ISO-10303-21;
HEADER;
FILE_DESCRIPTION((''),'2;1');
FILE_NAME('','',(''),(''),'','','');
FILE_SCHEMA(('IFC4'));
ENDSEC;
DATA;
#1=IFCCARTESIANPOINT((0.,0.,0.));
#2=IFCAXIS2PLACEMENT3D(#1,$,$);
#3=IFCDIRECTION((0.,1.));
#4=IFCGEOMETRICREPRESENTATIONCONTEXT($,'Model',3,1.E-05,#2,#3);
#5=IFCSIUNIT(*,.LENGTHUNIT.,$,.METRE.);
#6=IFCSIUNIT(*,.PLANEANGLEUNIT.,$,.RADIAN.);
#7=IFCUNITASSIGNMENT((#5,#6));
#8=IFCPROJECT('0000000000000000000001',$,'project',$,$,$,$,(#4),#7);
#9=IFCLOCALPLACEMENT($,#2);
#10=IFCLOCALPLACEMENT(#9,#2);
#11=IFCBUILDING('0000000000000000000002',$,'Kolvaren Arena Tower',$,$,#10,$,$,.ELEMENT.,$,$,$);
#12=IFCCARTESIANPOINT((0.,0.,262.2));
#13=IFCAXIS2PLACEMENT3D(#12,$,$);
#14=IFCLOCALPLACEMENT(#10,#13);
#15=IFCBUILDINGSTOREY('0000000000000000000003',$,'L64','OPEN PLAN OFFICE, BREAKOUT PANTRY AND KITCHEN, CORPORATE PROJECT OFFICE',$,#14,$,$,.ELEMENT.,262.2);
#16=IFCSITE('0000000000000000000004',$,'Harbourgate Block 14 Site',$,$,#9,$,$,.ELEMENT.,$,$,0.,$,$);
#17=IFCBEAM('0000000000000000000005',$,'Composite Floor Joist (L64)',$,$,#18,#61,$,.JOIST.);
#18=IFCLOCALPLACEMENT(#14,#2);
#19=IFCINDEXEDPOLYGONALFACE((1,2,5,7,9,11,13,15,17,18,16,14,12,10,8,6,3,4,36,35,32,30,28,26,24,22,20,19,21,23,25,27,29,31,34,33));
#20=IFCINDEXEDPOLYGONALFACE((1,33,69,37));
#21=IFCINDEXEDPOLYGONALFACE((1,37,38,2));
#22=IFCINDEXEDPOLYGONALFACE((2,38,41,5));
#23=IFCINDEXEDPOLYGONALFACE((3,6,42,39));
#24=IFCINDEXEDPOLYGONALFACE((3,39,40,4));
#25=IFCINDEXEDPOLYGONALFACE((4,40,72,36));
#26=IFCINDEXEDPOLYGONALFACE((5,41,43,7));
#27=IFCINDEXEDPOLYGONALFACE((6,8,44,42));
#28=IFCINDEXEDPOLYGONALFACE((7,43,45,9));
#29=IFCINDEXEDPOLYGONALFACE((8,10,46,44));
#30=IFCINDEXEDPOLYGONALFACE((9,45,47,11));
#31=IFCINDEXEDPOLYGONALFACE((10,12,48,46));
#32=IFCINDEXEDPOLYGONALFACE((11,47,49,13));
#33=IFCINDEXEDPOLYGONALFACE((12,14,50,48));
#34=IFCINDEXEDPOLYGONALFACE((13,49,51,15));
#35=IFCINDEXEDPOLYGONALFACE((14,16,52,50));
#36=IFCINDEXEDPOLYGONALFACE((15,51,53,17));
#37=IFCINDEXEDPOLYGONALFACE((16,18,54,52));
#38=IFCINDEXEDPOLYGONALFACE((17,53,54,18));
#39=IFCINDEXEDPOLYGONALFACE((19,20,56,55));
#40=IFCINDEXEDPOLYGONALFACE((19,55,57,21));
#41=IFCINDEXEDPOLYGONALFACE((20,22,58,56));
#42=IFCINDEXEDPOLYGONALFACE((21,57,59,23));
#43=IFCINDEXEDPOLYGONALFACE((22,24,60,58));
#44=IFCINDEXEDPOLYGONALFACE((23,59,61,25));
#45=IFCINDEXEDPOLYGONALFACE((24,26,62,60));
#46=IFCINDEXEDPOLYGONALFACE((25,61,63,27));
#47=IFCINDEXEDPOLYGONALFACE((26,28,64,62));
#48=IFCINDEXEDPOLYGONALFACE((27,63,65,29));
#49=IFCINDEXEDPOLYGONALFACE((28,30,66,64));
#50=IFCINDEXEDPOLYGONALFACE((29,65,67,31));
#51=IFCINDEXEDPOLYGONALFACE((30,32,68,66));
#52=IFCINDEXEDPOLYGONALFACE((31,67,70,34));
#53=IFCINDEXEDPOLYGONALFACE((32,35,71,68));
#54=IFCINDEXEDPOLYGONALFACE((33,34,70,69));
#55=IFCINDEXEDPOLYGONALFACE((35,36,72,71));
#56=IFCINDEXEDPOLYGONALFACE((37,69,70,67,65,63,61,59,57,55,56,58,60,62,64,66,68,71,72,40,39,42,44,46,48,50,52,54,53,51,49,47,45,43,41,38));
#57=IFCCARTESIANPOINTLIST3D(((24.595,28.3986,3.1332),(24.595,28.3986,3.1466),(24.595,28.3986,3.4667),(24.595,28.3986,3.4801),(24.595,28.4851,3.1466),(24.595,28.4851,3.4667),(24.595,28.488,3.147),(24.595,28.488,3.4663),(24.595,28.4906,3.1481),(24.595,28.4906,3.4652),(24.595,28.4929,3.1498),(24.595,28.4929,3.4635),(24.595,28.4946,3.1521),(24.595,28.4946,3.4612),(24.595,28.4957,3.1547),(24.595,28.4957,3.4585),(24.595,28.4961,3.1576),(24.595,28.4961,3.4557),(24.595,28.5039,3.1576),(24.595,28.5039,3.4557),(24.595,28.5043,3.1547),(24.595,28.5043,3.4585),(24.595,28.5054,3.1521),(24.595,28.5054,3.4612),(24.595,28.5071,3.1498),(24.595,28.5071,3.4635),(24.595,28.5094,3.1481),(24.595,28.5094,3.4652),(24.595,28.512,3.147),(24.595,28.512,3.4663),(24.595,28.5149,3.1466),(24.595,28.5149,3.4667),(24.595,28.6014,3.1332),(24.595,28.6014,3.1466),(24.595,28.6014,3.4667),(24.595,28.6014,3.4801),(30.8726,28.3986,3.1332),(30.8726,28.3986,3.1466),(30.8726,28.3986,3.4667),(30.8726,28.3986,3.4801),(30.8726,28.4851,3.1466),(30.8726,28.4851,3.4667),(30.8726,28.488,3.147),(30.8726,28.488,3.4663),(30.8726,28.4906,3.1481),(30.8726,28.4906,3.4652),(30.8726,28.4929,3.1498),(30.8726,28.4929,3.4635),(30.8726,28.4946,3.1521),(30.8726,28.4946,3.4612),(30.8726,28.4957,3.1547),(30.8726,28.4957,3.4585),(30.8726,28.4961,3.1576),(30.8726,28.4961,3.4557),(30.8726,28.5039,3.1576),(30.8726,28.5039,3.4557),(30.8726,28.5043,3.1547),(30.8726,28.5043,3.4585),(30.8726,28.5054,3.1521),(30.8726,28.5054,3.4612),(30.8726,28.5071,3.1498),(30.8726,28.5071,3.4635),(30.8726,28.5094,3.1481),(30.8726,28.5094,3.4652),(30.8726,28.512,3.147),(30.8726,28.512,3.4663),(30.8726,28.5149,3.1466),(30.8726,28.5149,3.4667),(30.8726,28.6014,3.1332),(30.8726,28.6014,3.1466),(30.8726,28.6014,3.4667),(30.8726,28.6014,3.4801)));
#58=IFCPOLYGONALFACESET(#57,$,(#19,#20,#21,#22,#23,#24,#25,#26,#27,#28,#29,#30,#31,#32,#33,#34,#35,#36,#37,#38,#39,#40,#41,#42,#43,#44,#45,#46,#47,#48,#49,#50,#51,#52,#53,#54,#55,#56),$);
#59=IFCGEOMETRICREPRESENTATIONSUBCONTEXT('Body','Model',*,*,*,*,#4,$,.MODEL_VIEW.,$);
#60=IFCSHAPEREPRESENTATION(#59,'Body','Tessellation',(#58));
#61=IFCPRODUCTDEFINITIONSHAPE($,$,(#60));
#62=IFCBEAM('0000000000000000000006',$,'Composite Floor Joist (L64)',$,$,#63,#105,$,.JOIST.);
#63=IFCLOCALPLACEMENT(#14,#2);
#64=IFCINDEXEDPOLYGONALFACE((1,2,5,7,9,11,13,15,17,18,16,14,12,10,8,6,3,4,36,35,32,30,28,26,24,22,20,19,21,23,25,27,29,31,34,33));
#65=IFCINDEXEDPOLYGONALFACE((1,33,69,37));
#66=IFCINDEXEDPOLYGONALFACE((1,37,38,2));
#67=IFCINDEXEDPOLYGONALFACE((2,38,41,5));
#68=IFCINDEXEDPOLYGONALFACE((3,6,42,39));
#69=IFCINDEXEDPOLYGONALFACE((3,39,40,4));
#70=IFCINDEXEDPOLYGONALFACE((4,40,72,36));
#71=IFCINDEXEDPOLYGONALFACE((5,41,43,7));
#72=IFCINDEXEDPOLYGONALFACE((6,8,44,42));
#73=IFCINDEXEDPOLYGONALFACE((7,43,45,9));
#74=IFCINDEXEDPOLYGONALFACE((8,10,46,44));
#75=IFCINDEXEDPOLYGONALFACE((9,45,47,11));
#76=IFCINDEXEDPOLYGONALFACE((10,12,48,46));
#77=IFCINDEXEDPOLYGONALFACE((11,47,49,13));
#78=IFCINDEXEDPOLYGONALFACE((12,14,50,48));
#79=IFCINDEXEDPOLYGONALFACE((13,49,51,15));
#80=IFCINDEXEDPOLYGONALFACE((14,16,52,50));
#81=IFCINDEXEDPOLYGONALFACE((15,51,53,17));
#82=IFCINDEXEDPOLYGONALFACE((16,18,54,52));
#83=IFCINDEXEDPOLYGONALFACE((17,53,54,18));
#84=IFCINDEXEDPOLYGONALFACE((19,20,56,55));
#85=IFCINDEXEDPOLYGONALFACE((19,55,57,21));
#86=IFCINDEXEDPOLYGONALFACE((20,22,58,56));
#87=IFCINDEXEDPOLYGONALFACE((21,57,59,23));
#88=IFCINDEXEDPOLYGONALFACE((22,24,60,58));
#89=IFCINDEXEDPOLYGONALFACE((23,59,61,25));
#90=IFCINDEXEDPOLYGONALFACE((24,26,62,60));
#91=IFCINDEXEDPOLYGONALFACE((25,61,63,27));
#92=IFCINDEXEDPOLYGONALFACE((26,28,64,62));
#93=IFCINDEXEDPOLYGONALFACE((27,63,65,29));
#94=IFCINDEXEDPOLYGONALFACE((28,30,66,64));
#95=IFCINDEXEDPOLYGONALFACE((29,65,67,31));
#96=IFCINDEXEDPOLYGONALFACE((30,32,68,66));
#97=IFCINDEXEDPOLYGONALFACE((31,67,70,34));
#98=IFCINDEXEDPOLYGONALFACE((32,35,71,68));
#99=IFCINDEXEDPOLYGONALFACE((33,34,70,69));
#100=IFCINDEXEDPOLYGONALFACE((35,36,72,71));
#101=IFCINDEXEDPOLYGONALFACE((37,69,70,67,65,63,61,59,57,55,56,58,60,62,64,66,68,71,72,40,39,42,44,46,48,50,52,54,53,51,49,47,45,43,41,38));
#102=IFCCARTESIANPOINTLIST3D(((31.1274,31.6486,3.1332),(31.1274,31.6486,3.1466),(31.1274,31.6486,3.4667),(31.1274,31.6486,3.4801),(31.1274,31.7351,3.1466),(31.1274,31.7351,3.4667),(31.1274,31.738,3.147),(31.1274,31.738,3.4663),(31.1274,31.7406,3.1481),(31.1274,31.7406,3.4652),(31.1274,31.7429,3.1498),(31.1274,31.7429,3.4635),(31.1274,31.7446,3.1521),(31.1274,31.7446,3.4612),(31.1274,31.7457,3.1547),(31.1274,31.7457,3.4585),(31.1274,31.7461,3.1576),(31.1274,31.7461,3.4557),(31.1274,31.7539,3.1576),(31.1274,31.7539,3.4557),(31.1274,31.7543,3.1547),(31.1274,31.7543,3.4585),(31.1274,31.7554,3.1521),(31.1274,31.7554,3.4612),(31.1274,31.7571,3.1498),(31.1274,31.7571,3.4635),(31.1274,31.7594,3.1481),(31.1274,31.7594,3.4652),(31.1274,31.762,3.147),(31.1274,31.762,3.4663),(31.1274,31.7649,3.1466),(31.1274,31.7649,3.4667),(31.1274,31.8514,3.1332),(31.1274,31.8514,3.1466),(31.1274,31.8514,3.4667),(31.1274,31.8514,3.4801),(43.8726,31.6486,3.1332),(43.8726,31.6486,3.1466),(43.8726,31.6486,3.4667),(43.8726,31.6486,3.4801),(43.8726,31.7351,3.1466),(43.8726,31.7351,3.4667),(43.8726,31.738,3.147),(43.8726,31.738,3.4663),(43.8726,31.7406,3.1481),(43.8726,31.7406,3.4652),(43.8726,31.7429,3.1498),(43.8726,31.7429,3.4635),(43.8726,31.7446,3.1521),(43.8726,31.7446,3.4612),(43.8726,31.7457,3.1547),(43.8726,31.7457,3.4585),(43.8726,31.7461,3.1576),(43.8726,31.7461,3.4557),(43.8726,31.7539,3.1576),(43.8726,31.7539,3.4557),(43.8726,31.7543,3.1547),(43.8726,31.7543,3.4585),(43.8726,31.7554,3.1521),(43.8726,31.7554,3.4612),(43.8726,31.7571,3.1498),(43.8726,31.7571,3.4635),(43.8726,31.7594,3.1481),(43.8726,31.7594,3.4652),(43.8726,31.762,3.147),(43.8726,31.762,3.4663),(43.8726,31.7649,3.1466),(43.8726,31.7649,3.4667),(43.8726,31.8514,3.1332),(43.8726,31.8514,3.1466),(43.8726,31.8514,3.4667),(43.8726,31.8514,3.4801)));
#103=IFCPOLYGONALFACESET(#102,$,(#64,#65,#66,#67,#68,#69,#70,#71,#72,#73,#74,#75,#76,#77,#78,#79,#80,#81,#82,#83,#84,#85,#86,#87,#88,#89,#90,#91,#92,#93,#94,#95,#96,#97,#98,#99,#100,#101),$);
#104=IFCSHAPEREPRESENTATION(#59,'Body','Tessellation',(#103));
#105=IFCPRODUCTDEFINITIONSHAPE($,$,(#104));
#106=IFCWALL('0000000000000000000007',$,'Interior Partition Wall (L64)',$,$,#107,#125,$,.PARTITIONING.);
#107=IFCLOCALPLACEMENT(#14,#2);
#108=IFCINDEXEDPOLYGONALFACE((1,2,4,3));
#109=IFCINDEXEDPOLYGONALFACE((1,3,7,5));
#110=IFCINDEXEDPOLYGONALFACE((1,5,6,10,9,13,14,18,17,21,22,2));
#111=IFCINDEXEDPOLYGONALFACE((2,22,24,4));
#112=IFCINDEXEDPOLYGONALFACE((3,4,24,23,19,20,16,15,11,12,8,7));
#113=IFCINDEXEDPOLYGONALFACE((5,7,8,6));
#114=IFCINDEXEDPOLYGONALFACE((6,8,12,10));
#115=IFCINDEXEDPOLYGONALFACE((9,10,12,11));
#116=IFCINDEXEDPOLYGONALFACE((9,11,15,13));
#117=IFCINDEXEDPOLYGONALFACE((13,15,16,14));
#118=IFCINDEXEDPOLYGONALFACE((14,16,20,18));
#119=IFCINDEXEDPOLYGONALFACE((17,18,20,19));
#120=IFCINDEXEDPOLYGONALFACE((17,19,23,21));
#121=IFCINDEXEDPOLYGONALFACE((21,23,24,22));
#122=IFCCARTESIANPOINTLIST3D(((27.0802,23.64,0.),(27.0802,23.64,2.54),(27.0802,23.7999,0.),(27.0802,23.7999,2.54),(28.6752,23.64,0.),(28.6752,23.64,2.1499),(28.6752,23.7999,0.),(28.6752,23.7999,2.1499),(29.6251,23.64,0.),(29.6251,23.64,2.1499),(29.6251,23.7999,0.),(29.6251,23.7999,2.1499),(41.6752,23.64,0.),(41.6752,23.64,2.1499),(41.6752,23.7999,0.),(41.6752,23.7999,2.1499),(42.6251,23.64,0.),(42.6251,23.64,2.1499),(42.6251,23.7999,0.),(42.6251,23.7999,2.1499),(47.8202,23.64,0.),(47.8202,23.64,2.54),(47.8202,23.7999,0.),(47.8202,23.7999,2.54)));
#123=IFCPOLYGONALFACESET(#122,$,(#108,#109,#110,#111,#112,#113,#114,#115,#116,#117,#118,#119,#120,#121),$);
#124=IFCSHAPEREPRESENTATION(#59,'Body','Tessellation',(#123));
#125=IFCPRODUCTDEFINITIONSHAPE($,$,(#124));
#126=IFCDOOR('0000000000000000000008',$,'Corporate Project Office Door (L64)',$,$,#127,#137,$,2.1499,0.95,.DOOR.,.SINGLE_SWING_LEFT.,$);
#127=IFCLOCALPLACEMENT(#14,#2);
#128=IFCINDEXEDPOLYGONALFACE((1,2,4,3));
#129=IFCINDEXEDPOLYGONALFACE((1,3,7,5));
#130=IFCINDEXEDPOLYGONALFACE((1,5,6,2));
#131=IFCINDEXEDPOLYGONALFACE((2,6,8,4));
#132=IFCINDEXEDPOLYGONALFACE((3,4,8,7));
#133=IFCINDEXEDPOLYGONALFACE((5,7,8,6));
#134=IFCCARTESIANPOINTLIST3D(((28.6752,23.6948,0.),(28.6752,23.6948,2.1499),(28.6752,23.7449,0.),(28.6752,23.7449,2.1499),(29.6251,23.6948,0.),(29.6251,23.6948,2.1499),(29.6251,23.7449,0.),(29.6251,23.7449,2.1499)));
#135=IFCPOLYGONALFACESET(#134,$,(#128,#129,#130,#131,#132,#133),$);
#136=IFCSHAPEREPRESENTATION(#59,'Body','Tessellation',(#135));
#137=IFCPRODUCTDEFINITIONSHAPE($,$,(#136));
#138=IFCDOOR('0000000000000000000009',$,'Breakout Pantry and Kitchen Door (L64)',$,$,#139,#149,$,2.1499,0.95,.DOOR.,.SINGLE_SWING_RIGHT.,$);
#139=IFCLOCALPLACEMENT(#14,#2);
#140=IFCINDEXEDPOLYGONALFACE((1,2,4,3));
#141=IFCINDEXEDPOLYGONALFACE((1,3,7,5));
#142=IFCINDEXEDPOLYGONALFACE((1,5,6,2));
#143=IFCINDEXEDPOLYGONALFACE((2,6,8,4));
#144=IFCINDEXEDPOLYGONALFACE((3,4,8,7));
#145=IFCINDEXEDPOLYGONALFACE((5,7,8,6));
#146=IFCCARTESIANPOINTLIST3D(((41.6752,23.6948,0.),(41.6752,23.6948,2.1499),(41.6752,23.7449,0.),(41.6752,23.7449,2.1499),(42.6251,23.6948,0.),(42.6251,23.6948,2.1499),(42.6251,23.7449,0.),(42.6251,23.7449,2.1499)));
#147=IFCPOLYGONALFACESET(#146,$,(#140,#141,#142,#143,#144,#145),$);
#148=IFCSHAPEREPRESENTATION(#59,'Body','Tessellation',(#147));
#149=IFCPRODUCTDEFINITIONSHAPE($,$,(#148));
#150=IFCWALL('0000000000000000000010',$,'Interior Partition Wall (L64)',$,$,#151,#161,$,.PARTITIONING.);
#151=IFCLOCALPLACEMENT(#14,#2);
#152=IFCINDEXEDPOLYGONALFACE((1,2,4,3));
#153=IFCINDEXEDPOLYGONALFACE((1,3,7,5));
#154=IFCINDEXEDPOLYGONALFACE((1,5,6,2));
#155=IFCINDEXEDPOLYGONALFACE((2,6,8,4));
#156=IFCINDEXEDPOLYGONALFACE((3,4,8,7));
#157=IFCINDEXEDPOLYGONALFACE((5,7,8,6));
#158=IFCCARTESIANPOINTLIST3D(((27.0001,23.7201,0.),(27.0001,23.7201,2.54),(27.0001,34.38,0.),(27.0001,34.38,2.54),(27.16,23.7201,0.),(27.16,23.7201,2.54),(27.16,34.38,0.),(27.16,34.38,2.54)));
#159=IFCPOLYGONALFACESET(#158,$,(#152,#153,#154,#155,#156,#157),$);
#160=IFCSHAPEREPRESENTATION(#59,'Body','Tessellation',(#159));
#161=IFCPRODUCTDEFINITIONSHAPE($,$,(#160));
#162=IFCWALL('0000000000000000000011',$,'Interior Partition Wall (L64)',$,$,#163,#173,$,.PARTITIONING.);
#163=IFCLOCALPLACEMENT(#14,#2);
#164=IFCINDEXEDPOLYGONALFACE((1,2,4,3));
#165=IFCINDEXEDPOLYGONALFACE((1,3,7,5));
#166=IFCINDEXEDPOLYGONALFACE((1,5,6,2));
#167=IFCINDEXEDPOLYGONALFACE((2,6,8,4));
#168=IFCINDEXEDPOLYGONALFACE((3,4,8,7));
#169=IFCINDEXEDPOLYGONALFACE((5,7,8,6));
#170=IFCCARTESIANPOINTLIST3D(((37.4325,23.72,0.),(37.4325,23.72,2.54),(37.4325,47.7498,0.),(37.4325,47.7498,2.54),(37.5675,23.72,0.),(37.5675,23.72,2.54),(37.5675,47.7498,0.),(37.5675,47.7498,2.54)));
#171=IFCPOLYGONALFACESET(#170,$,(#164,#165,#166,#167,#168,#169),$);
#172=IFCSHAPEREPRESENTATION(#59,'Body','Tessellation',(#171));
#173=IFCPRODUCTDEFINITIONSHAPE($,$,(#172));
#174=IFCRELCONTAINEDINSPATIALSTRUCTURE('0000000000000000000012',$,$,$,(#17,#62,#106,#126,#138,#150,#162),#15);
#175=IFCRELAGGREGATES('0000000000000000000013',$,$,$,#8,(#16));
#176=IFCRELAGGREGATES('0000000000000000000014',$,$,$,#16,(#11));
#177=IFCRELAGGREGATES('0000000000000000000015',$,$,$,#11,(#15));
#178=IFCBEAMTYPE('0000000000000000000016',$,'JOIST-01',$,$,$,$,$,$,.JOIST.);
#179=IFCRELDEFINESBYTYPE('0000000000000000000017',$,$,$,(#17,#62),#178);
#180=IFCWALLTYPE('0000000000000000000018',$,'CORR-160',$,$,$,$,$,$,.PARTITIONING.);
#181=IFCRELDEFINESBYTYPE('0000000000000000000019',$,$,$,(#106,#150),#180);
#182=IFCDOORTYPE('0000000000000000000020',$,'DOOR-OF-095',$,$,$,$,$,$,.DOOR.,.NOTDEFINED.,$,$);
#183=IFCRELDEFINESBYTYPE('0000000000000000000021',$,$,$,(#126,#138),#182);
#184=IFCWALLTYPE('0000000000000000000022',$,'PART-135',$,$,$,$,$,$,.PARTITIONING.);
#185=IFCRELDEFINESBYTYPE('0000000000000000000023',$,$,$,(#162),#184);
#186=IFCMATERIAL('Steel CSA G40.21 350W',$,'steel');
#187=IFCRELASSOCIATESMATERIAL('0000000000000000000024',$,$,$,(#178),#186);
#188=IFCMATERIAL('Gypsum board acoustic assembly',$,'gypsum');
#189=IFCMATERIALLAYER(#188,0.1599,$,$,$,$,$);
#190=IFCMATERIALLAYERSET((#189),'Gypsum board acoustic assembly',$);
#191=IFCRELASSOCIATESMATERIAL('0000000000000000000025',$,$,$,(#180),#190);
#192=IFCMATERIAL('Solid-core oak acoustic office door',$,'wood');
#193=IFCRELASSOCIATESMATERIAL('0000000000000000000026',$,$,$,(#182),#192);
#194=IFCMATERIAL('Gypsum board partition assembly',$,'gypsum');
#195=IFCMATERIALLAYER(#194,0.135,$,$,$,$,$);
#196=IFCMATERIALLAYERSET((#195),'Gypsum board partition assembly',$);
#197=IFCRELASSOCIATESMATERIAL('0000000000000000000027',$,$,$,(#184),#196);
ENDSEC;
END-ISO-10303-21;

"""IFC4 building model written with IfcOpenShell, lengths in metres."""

from ifc_helpers import new_model, si_unit, direction, frame, frame_2d, origin, origin_2d, place, context, subcontext, project, spatial, rectangle, i_section, extrude, material, layer, layer_set, material_profile, profile_set, type_object, element, fill, save


model = new_model("IFC4")

# Units and contexts
model_context = context("Model", 3, precision=1e-05, world=origin(), true_north=direction((0.0, 1.0)))
body_context = subcontext(model_context, "Body", "Model", "MODEL_VIEW")
ifc_project = project(units=[si_unit("LENGTHUNIT", "METRE"), si_unit("PLANEANGLEUNIT", "RADIAN")], contexts=[model_context])

# Site, building, storey
site_placement = place(None, origin())
site = spatial("IfcSite", under=ifc_project, at=site_placement, Name="Harbourgate Block 14 Site", CompositionType="ELEMENT", RefElevation=0.0)
building_placement = place(site_placement, origin())
building = spatial("IfcBuilding", under=site, at=building_placement, Name="Kolvaren Arena Tower", CompositionType="ELEMENT")
storey_placement = place(building_placement, frame((0.0, 0.0, 262.2)))
storey = spatial("IfcBuildingStorey", under=building, at=storey_placement, Name="L64", Description="OPEN PLAN OFFICE, BREAKOUT PANTRY AND KITCHEN, CORPORATE PROJECT OFFICE", CompositionType="ELEMENT", Elevation=262.2)

# Beams
ifc_material_1 = material(Name="Steel CSA G40.21 350W", Category="steel")
ifc_material_profile_1 = material_profile(ifc_material_1, i_section(OverallWidth=0.2029, OverallDepth=0.3469, WebThickness=0.0078, FlangeThickness=0.0134, FilletRadius=0.011, at=origin_2d()), Name="W360x64")
ifc_profile_set_1 = profile_set([ifc_material_profile_1], Name="Steel CSA G40.21 350W")
beam_type_1 = type_object("IfcBeamType", Name="JOIST-01", PredefinedType="JOIST", material=ifc_profile_set_1)
beam_1_placement = place(storey_placement, frame((24.595, 28.5, 3.3066), z_axis=(1.0, 0.0, 0.0), x_axis=(0.0, 1.0, 0.0)))
element("IfcBeam", 1, at=beam_1_placement, inside=storey, type_object=beam_type_1, Name="Composite Floor Joist (L64)", PredefinedType="JOIST", context=body_context, shape_type="SweptSolid", body=[
    extrude(i_section(OverallWidth=0.2029, OverallDepth=0.3469, WebThickness=0.0078, FlangeThickness=0.0134, FilletRadius=0.011, at=origin_2d()), origin(), (0.0, 0.0, 1.0), 6.2776),
])
beam_2_placement = place(storey_placement, frame((31.1274, 31.75, 3.3066), z_axis=(1.0, 0.0, 0.0), x_axis=(0.0, 1.0, 0.0)))
element("IfcBeam", 2, at=beam_2_placement, inside=storey, type_object=beam_type_1, Name="Composite Floor Joist (L64)", PredefinedType="JOIST", context=body_context, shape_type="SweptSolid", body=[
    extrude(i_section(OverallWidth=0.2029, OverallDepth=0.3469, WebThickness=0.0078, FlangeThickness=0.0134, FilletRadius=0.011, at=origin_2d()), origin(), (0.0, 0.0, 1.0), 12.7451),
])

# Wall, openings, doors
ifc_material_2 = material(Name="Gypsum board acoustic assembly", Category="gypsum")
ifc_layer_1 = layer(ifc_material_2, 0.1599)
ifc_layer_set_1 = layer_set([ifc_layer_1], Name="Gypsum board acoustic assembly")
wall_type_1 = type_object("IfcWallType", Name="CORR-160", PredefinedType="PARTITIONING", material=ifc_layer_set_1)
wall_1_placement = place(storey_placement, frame((27.0801, 23.72, 0.0), z_axis=(0.0, 0.0, 1.0), x_axis=(1.0, 0.0, 0.0)))
wall_1 = element("IfcWall", 3, at=wall_1_placement, inside=storey, type_object=wall_type_1, Name="Interior Partition Wall (L64)", PredefinedType="PARTITIONING", context=body_context, shape_type="SweptSolid", body=[
    extrude(rectangle(XDim=20.74, YDim=0.1599, at=frame_2d((10.3701, 0.0))), origin(), (0.0, 0.0, 1.0), 2.54),
])
opening_1_placement = place(wall_1_placement, frame((1.595, 0.0, 0.0)))
opening_1 = element("IfcOpeningElement", 4, at=opening_1_placement, cuts=wall_1, PredefinedType="OPENING", context=body_context, shape_type="SweptSolid", body=[
    extrude(rectangle(XDim=0.95, YDim=2.1499, at=frame_2d((0.4751, 1.075))), frame((0.0, 0.0898, 0.0), z_axis=(0.0, -1.0, 0.0), x_axis=(1.0, 0.0, 0.0)), (0.0, 0.0, 1.0), 0.1799),
])
opening_2_placement = place(wall_1_placement, frame((14.595, 0.0, 0.0)))
opening_2 = element("IfcOpeningElement", 5, at=opening_2_placement, cuts=wall_1, PredefinedType="OPENING", context=body_context, shape_type="SweptSolid", body=[
    extrude(rectangle(XDim=0.95, YDim=2.1499, at=frame_2d((0.4751, 1.075))), frame((0.0, 0.0898, 0.0), z_axis=(0.0, -1.0, 0.0), x_axis=(1.0, 0.0, 0.0)), (0.0, 0.0, 1.0), 0.1799),
])
ifc_material_3 = material(Name="Solid-core oak acoustic office door", Category="wood")
door_type_1 = type_object("IfcDoorType", Name="DOOR-OF-095", OperationType="NOTDEFINED", PredefinedType="DOOR", material=ifc_material_3)
door_1_placement = place(opening_1_placement, origin())
door_1 = element("IfcDoor", 6, at=door_1_placement, inside=storey, type_object=door_type_1, Name="Corporate Project Office Door (L64)", OperationType="SINGLE_SWING_LEFT", OverallHeight=2.1499, OverallWidth=0.95, PredefinedType="DOOR", context=body_context, shape_type="SweptSolid", body=[
    extrude(rectangle(XDim=0.95, YDim=2.1499, at=frame_2d((0.4751, 1.075))), frame((0.0, 0.0249, 0.0), z_axis=(0.0, -1.0, 0.0), x_axis=(1.0, 0.0, 0.0)), (0.0, 0.0, 1.0), 0.05),
])
fill(opening_1, door_1)
door_2_placement = place(opening_2_placement, origin())
door_2 = element("IfcDoor", 7, at=door_2_placement, inside=storey, type_object=door_type_1, Name="Breakout Pantry and Kitchen Door (L64)", OperationType="SINGLE_SWING_RIGHT", OverallHeight=2.1499, OverallWidth=0.95, PredefinedType="DOOR", context=body_context, shape_type="SweptSolid", body=[
    extrude(rectangle(XDim=0.95, YDim=2.1499, at=frame_2d((0.4751, 1.075))), frame((0.0, 0.0249, 0.0), z_axis=(0.0, -1.0, 0.0), x_axis=(1.0, 0.0, 0.0)), (0.0, 0.0, 1.0), 0.05),
])
fill(opening_2, door_2)

# Walls
wall_2_placement = place(storey_placement, frame((27.0801, 23.72, 0.0), z_axis=(0.0, 0.0, 1.0), x_axis=(0.0, 1.0, 0.0)))
element("IfcWall", 8, at=wall_2_placement, inside=storey, type_object=wall_type_1, Name="Interior Partition Wall (L64)", PredefinedType="PARTITIONING", context=body_context, shape_type="SweptSolid", body=[
    extrude(rectangle(XDim=10.6599, YDim=0.1599, at=frame_2d((5.3301, 0.0))), origin(), (0.0, 0.0, 1.0), 2.54),
])
ifc_material_4 = material(Name="Gypsum board partition assembly", Category="gypsum")
ifc_layer_2 = layer(ifc_material_4, 0.135)
ifc_layer_set_2 = layer_set([ifc_layer_2], Name="Gypsum board partition assembly")
wall_type_2 = type_object("IfcWallType", Name="PART-135", PredefinedType="PARTITIONING", material=ifc_layer_set_2)
wall_3_placement = place(storey_placement, frame((37.5, 23.72, 0.0), z_axis=(0.0, 0.0, 1.0), x_axis=(0.0, 1.0, 0.0)))
element("IfcWall", 9, at=wall_3_placement, inside=storey, type_object=wall_type_2, Name="Interior Partition Wall (L64)", PredefinedType="PARTITIONING", context=body_context, shape_type="SweptSolid", body=[
    extrude(rectangle(XDim=24.0298, YDim=0.135, at=frame_2d((12.0149, 0.0))), origin(), (0.0, 0.0, 1.0), 2.54),
])

save(model, "model.ifc")
